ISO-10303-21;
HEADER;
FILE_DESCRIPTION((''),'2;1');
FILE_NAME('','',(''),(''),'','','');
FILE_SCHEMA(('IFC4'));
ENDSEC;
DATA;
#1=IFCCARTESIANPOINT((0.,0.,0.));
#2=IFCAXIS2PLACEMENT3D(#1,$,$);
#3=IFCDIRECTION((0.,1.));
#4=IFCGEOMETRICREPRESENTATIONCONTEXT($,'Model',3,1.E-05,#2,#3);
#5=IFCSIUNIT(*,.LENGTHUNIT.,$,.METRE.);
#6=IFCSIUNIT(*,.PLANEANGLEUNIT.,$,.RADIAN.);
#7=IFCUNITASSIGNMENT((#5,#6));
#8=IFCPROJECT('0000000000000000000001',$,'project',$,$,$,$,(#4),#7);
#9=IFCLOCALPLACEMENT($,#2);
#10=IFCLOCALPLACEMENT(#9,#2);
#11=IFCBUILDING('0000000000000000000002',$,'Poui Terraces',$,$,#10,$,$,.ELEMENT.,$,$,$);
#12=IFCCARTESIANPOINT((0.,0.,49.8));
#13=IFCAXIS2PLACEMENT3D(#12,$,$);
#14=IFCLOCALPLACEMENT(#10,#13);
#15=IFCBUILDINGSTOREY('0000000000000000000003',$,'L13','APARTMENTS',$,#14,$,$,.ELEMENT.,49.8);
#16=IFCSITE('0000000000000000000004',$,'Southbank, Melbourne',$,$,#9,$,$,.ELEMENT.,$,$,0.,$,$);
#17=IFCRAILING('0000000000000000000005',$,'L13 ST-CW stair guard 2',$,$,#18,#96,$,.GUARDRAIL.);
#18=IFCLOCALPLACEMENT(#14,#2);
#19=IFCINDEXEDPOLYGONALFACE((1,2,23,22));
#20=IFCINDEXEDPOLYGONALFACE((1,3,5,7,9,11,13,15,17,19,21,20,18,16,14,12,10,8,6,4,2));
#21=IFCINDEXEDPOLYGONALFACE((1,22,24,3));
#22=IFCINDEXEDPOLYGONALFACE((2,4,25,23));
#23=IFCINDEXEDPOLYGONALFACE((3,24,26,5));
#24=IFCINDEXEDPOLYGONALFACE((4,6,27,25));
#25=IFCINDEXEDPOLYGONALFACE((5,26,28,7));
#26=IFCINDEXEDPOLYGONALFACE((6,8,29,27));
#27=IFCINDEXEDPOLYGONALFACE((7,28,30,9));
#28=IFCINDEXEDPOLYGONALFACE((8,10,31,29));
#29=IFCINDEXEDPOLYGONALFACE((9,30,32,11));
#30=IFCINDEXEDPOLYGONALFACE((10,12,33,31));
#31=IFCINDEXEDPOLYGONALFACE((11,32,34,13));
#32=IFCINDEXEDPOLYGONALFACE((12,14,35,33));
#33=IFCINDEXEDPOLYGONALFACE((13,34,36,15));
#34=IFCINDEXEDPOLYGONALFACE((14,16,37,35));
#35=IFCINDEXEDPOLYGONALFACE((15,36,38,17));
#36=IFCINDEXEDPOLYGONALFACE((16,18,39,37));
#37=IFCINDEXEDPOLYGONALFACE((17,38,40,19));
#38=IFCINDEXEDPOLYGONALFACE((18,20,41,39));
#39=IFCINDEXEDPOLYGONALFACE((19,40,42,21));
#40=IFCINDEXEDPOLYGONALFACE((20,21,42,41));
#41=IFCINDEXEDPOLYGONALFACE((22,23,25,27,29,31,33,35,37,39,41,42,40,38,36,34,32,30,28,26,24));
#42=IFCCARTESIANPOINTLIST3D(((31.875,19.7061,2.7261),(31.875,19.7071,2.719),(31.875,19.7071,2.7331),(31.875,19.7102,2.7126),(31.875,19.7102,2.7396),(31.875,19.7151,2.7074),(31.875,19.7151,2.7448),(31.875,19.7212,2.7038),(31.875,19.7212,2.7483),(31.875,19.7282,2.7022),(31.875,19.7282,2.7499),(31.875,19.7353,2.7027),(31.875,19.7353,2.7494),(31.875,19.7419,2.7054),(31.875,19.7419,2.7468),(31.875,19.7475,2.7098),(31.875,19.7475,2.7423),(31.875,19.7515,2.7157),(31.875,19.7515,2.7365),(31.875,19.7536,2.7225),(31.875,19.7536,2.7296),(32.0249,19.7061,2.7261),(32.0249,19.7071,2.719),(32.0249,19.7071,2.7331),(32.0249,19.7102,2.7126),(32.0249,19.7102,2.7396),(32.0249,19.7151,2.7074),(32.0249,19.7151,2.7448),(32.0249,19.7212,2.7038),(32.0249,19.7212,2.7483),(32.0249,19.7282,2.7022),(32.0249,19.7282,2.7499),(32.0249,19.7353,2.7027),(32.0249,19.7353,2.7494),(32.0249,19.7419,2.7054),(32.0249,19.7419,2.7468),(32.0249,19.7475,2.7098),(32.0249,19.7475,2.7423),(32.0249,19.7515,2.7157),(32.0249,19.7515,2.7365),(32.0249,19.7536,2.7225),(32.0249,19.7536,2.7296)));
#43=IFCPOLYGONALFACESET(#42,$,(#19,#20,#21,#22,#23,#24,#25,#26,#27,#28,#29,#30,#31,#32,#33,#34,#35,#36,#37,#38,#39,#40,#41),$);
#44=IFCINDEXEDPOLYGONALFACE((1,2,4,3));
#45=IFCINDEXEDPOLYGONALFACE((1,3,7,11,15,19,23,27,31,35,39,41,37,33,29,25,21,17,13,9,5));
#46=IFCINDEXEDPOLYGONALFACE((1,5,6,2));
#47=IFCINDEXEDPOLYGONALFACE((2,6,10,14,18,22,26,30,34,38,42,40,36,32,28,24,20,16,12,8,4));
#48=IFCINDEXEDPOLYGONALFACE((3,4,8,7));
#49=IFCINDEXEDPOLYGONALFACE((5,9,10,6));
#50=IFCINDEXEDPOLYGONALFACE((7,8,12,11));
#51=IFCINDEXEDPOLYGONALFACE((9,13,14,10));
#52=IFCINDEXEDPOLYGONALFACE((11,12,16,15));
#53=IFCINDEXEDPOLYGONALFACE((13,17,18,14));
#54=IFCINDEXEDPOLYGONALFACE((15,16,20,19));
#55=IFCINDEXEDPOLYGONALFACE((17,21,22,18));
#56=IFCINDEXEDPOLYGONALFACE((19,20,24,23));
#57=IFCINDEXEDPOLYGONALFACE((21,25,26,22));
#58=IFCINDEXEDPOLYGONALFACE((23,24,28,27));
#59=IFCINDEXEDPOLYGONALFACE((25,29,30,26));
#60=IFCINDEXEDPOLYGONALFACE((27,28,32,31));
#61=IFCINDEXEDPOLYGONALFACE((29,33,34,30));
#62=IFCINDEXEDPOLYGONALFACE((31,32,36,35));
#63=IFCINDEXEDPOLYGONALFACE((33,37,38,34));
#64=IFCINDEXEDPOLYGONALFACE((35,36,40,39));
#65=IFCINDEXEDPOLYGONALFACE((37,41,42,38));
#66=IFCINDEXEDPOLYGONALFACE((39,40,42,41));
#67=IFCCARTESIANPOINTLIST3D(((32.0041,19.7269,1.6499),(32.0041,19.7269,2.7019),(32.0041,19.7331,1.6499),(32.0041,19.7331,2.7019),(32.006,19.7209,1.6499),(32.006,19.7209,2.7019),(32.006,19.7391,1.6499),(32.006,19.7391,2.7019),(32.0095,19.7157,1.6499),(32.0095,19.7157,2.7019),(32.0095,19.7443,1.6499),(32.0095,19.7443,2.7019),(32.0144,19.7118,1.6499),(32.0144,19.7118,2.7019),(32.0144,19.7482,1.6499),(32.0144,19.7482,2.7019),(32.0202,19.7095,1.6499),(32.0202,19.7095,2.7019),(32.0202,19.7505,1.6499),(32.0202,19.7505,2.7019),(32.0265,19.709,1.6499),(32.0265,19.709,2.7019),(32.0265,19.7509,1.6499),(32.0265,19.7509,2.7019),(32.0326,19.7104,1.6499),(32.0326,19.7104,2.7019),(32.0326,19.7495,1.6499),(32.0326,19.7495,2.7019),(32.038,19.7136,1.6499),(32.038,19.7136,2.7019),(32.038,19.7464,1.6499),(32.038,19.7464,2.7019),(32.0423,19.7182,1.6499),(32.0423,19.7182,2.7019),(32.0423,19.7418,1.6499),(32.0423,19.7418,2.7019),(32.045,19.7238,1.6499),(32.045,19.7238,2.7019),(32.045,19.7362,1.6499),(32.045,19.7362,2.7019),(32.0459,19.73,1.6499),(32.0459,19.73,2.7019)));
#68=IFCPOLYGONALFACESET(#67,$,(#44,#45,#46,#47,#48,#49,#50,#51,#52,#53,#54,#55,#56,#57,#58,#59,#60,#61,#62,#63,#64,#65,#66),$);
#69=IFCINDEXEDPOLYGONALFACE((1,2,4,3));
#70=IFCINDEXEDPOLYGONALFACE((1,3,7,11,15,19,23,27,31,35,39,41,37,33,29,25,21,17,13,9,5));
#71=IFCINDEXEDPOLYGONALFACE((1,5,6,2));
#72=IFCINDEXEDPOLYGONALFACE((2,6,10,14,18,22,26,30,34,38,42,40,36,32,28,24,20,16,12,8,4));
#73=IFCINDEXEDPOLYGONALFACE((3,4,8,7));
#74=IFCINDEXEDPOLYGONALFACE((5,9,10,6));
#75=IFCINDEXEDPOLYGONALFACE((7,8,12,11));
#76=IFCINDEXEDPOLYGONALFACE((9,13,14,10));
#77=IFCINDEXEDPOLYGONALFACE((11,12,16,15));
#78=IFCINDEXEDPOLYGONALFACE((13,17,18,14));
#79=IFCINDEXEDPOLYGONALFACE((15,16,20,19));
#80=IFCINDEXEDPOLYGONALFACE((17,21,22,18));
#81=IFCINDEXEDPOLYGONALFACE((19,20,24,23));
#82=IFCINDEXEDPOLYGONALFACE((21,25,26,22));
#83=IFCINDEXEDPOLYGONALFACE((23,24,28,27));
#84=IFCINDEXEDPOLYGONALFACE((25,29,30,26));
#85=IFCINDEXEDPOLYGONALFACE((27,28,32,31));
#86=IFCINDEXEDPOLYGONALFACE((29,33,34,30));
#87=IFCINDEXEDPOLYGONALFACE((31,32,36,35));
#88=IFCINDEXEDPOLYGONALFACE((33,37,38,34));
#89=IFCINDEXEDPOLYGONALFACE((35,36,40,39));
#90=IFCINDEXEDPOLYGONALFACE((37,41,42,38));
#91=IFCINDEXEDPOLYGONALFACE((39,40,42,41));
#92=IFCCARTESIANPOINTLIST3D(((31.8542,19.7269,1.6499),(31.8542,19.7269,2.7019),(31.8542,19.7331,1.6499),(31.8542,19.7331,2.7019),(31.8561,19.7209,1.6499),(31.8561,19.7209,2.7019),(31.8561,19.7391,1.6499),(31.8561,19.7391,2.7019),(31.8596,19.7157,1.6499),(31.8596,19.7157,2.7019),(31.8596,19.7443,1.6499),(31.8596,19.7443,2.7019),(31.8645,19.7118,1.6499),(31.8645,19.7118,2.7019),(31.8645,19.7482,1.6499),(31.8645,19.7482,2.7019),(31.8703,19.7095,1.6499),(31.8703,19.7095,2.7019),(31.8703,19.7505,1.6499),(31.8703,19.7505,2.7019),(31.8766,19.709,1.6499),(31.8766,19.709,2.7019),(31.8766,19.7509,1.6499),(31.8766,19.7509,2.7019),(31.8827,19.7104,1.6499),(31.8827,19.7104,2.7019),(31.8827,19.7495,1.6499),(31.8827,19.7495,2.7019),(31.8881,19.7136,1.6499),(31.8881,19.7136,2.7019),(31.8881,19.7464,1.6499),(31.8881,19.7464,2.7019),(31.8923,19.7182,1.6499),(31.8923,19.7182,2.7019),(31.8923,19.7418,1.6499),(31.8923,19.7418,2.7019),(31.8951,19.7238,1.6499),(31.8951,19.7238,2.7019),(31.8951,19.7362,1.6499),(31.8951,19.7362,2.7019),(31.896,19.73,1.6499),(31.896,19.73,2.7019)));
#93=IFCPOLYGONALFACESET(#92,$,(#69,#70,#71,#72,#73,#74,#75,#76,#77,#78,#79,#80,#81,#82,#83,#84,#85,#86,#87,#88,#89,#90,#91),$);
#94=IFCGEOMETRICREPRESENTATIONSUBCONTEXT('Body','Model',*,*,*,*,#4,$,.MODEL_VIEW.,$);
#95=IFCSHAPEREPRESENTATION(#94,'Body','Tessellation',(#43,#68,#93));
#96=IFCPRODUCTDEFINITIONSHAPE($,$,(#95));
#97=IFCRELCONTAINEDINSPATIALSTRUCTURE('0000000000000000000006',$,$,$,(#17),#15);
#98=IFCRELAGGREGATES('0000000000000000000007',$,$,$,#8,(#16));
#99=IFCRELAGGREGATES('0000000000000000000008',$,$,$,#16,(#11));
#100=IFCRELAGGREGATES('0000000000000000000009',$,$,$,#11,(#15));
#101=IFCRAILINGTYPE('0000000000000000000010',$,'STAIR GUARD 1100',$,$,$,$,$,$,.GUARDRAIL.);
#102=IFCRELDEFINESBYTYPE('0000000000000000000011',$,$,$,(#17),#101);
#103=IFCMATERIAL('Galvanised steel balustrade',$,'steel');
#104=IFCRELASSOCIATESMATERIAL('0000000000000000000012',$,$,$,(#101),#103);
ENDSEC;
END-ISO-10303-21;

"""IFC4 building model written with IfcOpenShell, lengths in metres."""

from ifc_helpers import new_model, si_unit, direction, frame, origin, origin_2d, place, context, subcontext, project, spatial, circle, extrude, material, type_object, element, save


model = new_model("IFC4")

# Units and contexts
model_context = context("Model", 3, precision=1e-05, world=origin(), true_north=direction((0.0, 1.0)))
body_context = subcontext(model_context, "Body", "Model", "MODEL_VIEW")
ifc_project = project(units=[si_unit("LENGTHUNIT", "METRE"), si_unit("PLANEANGLEUNIT", "RADIAN")], contexts=[model_context])

# Site, building, storey
site_placement = place(None, origin())
site = spatial("IfcSite", under=ifc_project, at=site_placement, Name="Southbank, Melbourne", CompositionType="ELEMENT", RefElevation=0.0)
building_placement = place(site_placement, origin())
building = spatial("IfcBuilding", under=site, at=building_placement, Name="Poui Terraces", CompositionType="ELEMENT")
storey_placement = place(building_placement, frame((0.0, 0.0, 49.8)))
storey = spatial("IfcBuildingStorey", under=building, at=storey_placement, Name="L13", Description="APARTMENTS", CompositionType="ELEMENT", Elevation=49.8)

# Railing
ifc_material_1 = material(Name="Galvanised steel balustrade", Category="steel")
railing_type_1 = type_object("IfcRailingType", Name="STAIR GUARD 1100", PredefinedType="GUARDRAIL", material=ifc_material_1)
railing_1_placement = place(storey_placement, frame((32.0249, 19.73, 1.6499)))
element("IfcRailing", 1, at=railing_1_placement, inside=storey, type_object=railing_type_1, Name="L13 ST-CW stair guard 2", PredefinedType="GUARDRAIL", context=body_context, shape_type="SweptSolid", body=[
    extrude(circle(Radius=0.0239, at=origin_2d()), frame((0.0, 0.0, 1.0762), z_axis=(-1.0, 0.0, 0.0), x_axis=(0.0, -1.0, 0.0)), (0.0, 0.0, 1.0), 0.1499),
    extrude(circle(Radius=0.021, at=origin_2d()), origin(), (0.0, 0.0, 1.0), 1.052),
    extrude(circle(Radius=0.021, at=origin_2d()), frame((-0.1499, 0.0, 0.0)), (0.0, 0.0, 1.0), 1.052),
])

save(model, "model.ifc")
